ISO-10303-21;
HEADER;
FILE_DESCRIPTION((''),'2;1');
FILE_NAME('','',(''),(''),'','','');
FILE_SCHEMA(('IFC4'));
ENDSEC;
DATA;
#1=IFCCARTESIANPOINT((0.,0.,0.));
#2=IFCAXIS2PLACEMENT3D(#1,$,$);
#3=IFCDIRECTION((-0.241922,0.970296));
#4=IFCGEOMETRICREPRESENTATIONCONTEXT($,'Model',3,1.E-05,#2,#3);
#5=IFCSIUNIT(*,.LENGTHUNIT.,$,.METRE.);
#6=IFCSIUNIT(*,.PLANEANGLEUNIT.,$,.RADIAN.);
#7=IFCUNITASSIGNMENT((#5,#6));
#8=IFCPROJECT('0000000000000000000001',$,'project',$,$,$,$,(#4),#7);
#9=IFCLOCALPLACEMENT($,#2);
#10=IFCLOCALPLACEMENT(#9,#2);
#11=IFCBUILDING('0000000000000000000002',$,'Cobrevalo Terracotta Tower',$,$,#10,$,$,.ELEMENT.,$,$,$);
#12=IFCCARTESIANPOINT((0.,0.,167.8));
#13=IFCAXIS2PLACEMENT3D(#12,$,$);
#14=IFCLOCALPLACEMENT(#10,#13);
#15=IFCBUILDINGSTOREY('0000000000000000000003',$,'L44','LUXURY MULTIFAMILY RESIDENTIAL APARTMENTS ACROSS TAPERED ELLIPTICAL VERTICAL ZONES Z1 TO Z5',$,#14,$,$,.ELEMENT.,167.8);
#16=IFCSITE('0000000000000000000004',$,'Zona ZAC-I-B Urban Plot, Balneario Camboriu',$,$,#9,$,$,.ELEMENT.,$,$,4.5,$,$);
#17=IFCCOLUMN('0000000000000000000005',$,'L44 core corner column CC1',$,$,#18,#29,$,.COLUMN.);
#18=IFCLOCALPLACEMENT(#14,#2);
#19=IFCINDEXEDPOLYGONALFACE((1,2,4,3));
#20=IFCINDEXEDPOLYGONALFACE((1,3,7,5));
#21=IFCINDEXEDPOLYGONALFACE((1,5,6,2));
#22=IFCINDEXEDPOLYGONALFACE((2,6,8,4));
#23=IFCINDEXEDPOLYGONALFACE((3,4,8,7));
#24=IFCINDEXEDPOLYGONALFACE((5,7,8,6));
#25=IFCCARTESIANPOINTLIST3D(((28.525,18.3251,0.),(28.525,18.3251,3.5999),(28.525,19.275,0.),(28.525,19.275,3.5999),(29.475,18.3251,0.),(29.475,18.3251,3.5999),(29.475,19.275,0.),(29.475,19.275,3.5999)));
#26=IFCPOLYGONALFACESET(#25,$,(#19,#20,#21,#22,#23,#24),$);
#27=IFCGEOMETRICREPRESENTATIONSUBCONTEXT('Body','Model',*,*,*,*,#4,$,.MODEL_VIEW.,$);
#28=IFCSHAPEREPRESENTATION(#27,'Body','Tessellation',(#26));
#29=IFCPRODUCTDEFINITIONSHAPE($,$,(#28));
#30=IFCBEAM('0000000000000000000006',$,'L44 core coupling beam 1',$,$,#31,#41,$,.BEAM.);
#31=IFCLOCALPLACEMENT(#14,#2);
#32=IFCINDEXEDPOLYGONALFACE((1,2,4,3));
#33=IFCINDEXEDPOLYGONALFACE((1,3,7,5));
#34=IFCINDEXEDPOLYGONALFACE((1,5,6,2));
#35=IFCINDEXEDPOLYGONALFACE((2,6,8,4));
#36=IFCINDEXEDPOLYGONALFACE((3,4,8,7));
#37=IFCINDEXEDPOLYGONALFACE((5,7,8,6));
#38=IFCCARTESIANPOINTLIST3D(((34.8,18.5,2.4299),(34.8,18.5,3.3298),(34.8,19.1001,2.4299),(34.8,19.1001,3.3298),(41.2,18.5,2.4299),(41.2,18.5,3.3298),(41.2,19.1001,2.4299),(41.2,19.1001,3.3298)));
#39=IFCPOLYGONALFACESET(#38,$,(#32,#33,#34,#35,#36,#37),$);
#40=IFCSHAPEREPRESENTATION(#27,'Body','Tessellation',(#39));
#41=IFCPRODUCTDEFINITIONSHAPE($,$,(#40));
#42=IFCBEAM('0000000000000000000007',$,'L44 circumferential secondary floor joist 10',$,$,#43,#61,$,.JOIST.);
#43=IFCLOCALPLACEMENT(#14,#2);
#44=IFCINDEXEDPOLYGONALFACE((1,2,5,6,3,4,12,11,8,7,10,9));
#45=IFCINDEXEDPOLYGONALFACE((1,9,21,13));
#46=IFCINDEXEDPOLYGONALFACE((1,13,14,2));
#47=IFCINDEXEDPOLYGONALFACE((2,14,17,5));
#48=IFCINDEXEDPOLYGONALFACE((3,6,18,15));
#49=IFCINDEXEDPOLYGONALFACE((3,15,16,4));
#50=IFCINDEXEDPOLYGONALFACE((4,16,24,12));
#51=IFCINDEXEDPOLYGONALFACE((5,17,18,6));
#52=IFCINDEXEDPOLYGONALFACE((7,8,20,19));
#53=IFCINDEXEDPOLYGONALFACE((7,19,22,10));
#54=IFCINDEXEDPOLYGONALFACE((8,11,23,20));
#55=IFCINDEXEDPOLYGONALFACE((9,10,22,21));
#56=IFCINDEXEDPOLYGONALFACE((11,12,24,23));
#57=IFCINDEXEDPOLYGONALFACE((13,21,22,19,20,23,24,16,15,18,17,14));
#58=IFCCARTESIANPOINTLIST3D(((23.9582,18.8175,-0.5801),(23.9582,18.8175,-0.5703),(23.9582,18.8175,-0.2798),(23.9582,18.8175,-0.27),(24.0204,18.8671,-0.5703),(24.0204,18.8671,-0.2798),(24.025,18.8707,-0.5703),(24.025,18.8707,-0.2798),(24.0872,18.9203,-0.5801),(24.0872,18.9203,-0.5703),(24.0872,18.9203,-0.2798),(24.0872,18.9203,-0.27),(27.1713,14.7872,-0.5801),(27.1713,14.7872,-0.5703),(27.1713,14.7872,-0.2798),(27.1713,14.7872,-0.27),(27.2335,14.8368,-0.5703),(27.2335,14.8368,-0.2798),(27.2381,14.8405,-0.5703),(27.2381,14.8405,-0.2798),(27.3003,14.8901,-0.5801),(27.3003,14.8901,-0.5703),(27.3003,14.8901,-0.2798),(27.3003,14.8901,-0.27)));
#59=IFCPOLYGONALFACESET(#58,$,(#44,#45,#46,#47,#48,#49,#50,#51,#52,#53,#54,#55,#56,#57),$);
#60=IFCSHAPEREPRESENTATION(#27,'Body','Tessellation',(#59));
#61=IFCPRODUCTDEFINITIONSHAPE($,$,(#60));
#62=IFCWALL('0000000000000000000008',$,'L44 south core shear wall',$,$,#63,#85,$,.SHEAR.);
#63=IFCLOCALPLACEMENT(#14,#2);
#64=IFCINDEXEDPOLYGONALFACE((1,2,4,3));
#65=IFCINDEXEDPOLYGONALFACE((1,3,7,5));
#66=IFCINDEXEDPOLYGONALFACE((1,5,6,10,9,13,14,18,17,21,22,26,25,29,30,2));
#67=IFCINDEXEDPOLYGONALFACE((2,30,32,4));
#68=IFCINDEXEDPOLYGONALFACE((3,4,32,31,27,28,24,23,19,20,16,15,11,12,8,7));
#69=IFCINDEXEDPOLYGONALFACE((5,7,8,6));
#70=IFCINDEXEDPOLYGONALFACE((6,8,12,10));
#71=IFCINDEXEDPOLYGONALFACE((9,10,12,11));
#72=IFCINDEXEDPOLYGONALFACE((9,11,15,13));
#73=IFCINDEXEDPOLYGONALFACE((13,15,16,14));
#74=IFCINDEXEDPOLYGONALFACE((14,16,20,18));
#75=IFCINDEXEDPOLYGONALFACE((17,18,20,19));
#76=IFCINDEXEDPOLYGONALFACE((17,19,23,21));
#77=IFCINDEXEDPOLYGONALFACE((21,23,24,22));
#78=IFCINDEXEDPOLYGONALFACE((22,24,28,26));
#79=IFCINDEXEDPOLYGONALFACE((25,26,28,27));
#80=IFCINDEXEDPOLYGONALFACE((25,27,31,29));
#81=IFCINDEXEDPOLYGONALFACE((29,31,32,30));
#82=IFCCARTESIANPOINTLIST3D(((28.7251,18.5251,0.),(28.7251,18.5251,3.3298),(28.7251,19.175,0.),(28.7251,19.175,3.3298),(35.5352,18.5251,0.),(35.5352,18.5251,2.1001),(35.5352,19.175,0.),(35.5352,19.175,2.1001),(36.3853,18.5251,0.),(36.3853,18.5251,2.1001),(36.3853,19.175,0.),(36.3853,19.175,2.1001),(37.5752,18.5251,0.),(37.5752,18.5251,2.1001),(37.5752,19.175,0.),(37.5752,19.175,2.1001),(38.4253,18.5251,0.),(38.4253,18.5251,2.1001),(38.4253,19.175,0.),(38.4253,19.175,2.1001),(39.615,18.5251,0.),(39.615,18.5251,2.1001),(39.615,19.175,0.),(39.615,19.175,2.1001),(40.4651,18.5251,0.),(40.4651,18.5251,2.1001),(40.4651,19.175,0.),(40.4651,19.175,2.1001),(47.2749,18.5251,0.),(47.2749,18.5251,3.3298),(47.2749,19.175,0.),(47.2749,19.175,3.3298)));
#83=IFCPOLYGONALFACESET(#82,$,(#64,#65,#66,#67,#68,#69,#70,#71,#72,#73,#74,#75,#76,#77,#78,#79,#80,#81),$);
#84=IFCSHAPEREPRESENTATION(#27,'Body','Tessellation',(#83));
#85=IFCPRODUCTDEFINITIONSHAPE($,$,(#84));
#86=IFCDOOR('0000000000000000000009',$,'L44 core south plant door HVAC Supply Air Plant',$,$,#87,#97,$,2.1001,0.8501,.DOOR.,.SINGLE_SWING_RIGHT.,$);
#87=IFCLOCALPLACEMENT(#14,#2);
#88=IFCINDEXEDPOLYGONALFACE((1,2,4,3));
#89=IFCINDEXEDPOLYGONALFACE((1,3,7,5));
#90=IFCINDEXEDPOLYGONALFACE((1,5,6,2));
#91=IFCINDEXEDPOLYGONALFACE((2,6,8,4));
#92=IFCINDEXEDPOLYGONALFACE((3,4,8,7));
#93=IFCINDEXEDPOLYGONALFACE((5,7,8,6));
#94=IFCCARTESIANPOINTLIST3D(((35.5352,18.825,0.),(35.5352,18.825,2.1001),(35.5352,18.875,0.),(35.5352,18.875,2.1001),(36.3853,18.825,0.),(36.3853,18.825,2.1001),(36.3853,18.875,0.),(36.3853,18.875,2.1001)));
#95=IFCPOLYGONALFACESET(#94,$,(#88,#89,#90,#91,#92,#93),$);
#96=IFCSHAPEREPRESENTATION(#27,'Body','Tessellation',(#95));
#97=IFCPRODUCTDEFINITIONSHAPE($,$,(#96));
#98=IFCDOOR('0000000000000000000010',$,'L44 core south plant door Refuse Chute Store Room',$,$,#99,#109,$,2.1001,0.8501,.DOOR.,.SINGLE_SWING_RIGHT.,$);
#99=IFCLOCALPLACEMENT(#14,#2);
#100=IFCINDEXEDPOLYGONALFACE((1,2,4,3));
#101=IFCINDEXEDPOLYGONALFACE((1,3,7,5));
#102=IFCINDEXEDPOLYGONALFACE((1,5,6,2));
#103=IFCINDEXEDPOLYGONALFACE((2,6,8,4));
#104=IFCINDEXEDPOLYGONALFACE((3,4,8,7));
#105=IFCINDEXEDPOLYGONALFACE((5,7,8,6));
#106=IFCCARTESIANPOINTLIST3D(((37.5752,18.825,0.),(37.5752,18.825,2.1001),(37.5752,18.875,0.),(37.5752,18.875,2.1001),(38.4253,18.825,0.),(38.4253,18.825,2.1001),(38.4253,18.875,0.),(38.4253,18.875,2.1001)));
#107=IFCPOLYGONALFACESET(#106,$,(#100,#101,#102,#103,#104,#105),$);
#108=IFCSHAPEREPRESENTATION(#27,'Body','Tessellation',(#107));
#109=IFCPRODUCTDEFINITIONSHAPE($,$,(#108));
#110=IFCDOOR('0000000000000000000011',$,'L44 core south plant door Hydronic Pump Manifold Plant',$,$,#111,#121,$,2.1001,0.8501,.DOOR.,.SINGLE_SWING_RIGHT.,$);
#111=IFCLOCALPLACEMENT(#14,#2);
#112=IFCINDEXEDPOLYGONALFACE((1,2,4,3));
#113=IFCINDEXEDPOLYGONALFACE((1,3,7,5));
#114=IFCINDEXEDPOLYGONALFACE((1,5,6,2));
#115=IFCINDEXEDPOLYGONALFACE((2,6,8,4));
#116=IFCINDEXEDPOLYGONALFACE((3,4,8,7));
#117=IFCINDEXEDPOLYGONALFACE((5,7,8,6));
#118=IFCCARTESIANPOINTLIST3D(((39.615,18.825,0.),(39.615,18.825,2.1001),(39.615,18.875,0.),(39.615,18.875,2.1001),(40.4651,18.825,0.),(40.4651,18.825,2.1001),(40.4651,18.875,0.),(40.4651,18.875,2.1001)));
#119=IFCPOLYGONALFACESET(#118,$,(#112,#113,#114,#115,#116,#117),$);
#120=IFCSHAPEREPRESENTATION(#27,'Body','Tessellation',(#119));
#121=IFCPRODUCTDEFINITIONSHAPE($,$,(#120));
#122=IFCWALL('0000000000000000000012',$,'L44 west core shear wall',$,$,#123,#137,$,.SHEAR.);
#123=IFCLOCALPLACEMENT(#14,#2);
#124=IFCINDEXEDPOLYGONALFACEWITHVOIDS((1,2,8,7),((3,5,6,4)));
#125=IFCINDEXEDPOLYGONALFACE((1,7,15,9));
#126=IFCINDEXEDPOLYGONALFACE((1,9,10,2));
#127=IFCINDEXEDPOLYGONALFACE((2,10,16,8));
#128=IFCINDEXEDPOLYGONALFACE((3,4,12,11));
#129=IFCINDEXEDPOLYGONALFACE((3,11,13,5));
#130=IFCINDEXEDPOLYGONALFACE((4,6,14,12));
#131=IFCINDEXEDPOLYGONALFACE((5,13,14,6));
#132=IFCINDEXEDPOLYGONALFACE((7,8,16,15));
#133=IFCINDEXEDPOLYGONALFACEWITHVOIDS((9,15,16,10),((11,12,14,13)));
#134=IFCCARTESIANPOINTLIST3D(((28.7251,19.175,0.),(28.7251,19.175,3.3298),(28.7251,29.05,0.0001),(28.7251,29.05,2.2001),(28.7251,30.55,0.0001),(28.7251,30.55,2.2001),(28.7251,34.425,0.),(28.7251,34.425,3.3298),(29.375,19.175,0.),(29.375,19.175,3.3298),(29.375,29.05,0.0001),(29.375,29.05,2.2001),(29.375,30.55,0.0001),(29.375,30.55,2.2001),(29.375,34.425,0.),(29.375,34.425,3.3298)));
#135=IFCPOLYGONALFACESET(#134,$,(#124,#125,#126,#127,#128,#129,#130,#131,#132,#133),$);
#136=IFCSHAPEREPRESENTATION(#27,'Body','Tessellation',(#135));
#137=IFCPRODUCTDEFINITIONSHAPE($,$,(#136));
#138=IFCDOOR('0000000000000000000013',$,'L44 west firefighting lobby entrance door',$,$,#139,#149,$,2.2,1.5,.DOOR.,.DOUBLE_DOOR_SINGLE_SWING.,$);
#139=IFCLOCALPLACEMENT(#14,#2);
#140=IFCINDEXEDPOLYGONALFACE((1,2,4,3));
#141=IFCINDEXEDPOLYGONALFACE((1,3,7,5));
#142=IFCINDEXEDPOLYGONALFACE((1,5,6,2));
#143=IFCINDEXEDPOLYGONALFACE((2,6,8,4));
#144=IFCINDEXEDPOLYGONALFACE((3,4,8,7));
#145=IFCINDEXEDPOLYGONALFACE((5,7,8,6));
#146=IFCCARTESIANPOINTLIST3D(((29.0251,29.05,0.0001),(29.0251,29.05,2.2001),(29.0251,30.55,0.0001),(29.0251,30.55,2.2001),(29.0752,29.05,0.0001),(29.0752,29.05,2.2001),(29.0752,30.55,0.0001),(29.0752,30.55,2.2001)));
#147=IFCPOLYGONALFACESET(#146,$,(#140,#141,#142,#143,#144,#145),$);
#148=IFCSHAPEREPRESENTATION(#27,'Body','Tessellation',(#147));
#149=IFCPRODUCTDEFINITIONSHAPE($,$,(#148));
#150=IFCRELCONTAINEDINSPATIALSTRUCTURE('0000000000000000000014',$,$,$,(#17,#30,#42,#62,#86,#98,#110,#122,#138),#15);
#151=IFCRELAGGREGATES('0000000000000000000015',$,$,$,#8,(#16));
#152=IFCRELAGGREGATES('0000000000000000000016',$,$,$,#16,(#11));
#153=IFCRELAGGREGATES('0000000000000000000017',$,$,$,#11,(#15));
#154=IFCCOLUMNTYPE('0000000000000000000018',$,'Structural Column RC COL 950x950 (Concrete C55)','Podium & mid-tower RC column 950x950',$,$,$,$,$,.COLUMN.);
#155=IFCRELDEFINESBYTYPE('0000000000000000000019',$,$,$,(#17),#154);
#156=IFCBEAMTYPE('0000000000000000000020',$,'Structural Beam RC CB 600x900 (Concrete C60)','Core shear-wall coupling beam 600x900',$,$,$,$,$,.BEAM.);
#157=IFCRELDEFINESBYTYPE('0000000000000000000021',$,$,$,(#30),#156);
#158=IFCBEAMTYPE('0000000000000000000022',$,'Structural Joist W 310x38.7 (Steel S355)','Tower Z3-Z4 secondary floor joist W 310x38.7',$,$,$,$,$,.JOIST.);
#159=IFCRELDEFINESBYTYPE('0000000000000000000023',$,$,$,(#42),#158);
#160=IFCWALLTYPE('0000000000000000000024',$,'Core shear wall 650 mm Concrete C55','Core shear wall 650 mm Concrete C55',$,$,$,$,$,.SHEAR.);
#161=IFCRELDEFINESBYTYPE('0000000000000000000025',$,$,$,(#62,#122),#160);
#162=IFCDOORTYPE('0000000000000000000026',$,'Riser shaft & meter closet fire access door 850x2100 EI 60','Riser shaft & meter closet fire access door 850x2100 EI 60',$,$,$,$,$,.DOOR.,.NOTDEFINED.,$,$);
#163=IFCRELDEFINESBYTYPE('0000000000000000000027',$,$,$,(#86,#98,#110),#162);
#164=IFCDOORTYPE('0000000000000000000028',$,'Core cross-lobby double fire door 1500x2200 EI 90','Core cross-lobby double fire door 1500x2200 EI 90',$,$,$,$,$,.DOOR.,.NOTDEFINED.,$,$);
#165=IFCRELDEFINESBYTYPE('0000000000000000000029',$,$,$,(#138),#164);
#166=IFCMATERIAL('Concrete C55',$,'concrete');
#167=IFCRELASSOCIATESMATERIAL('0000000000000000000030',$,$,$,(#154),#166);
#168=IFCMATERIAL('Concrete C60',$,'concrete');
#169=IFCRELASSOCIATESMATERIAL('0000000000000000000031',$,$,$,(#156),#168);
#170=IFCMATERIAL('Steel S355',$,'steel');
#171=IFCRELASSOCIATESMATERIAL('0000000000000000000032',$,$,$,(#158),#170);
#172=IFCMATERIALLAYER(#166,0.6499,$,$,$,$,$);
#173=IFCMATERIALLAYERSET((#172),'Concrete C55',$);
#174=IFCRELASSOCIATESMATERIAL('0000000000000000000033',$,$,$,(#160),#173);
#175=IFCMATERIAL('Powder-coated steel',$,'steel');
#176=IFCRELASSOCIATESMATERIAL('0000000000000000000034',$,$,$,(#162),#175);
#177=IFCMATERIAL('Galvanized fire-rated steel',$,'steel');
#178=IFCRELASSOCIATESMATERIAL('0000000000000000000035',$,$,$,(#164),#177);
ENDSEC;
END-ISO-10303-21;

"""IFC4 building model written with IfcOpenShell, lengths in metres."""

from ifc_helpers import new_model, si_unit, direction, frame, frame_2d, origin, origin_2d, place, context, subcontext, project, spatial, rectangle, i_section, extrude, source, transform, mapped, material, layer, layer_set, material_profile, profile_set, type_object, element, fill, save


model = new_model("IFC4")

# Units and contexts
model_context = context("Model", 3, precision=1e-05, world=origin(), true_north=direction((-0.241922, 0.970296)))
body_context = subcontext(model_context, "Body", "Model", "MODEL_VIEW")
ifc_project = project(units=[si_unit("LENGTHUNIT", "METRE"), si_unit("PLANEANGLEUNIT", "RADIAN")], contexts=[model_context])

# Site, building, storey
site_placement = place(None, origin())
site = spatial("IfcSite", under=ifc_project, at=site_placement, Name="Zona ZAC-I-B Urban Plot, Balneario Camboriu", CompositionType="ELEMENT", RefElevation=4.5)
building_placement = place(site_placement, origin())
building = spatial("IfcBuilding", under=site, at=building_placement, Name="Cobrevalo Terracotta Tower", CompositionType="ELEMENT")
storey_placement = place(building_placement, frame((0.0, 0.0, 167.8)))
storey = spatial("IfcBuildingStorey", under=building, at=storey_placement, Name="L44", Description="LUXURY MULTIFAMILY RESIDENTIAL APARTMENTS ACROSS TAPERED ELLIPTICAL VERTICAL ZONES Z1 TO Z5", CompositionType="ELEMENT", Elevation=167.8)

# Column
ifc_material_1 = material(Name="Concrete C55", Category="concrete")
ifc_material_profile_1 = material_profile(ifc_material_1, rectangle(XDim=0.95, YDim=0.95, at=origin_2d()), Name="RC COL 950x950")
ifc_profile_set_1 = profile_set([ifc_material_profile_1], Name="Concrete C55")
column_type = type_object("IfcColumnType", Name="Structural Column RC COL 950x950 (Concrete C55)", Description="Podium & mid-tower RC column 950x950", PredefinedType="COLUMN", material=ifc_profile_set_1)
column_placement = place(storey_placement, frame((29.0, 18.8, 0.0), z_axis=(0.0, 0.0, 1.0), x_axis=(1.0, 0.0, 0.0)))
element("IfcColumn", 1, at=column_placement, inside=storey, type_object=column_type, Name="L44 core corner column CC1", PredefinedType="COLUMN", context=body_context, shape_type="SweptSolid", body=[
    extrude(rectangle(XDim=0.95, YDim=0.95, at=origin_2d()), origin(), (0.0, 0.0, 1.0), 3.5999),
])

# Beams
ifc_material_2 = material(Name="Concrete C60", Category="concrete")
ifc_material_profile_2 = material_profile(ifc_material_2, rectangle(XDim=0.6001, YDim=0.8999, at=origin_2d()), Name="RC CB 600x900")
ifc_profile_set_2 = profile_set([ifc_material_profile_2], Name="Concrete C60")
beam_type_1 = type_object("IfcBeamType", Name="Structural Beam RC CB 600x900 (Concrete C60)", Description="Core shear-wall coupling beam 600x900", PredefinedType="BEAM", material=ifc_profile_set_2)
beam_1_placement = place(storey_placement, frame((34.8, 18.8, 2.8799), z_axis=(1.0, 0.0, 0.0), x_axis=(0.0, 1.0, 0.0)))
element("IfcBeam", 2, at=beam_1_placement, inside=storey, type_object=beam_type_1, Name="L44 core coupling beam 1", PredefinedType="BEAM", context=body_context, shape_type="SweptSolid", body=[
    extrude(rectangle(XDim=0.6001, YDim=0.8999, at=origin_2d()), origin(), (0.0, 0.0, 1.0), 6.3999),
])
ifc_material_3 = material(Name="Steel S355", Category="steel")
ifc_material_profile_3 = material_profile(ifc_material_3, i_section(OverallWidth=0.165, OverallDepth=0.3101, WebThickness=0.0059, FlangeThickness=0.0098, at=origin_2d()), Name="W 310x38.7")
ifc_profile_set_3 = profile_set([ifc_material_profile_3], Name="Steel S355")
beam_type_2 = type_object("IfcBeamType", Name="Structural Joist W 310x38.7 (Steel S355)", Description="Tower Z3-Z4 secondary floor joist W 310x38.7", PredefinedType="JOIST", material=ifc_profile_set_3)
beam_2_placement = place(storey_placement, frame((24.0227, 18.8689, -0.425), z_axis=(0.623383, -0.781917, 0.0), x_axis=(0.781917, 0.623383, 0.0)))
element("IfcBeam", 3, at=beam_2_placement, inside=storey, type_object=beam_type_2, Name="L44 circumferential secondary floor joist 10", PredefinedType="JOIST", context=body_context, shape_type="SweptSolid", body=[
    extrude(i_section(OverallWidth=0.165, OverallDepth=0.3101, WebThickness=0.0059, FlangeThickness=0.0098, at=origin_2d()), origin(), (0.0, 0.0, 1.0), 5.1543),
])

# Wall, openings, doors
ifc_layer_1 = layer(ifc_material_1, 0.6499)
ifc_layer_set_1 = layer_set([ifc_layer_1], Name="Concrete C55")
wall_type_1 = type_object("IfcWallType", Name="Core shear wall 650 mm Concrete C55", Description="Core shear wall 650 mm Concrete C55", PredefinedType="SHEAR", material=ifc_layer_set_1)
wall_1_placement = place(storey_placement, frame((28.7251, 18.8501, 0.0), z_axis=(0.0, 0.0, 1.0), x_axis=(1.0, 0.0, 0.0)))
wall_1 = element("IfcWall", 4, at=wall_1_placement, inside=storey, type_object=wall_type_1, Name="L44 south core shear wall", PredefinedType="SHEAR", context=body_context, shape_type="SweptSolid", body=[
    extrude(rectangle(XDim=18.5498, YDim=0.6499, at=frame_2d((9.2749, 0.0))), origin(), (0.0, 0.0, 1.0), 3.3298),
])
opening_1_placement = place(wall_1_placement, frame((6.8101, 0.0, 0.0)))
opening_1 = element("IfcOpeningElement", 5, at=opening_1_placement, cuts=wall_1, PredefinedType="OPENING", context=body_context, shape_type="SweptSolid", body=[
    extrude(rectangle(XDim=0.8501, YDim=2.1001, at=frame_2d((0.425, 1.05))), frame((0.0, 0.335, 0.0), z_axis=(0.0, -1.0, 0.0), x_axis=(1.0, 0.0, 0.0)), (0.0, 0.0, 1.0), 0.6699),
])
opening_2_placement = place(wall_1_placement, frame((8.8501, 0.0, 0.0)))
opening_2 = element("IfcOpeningElement", 6, at=opening_2_placement, cuts=wall_1, PredefinedType="OPENING", context=body_context, shape_type="SweptSolid", body=[
    extrude(rectangle(XDim=0.8501, YDim=2.1001, at=frame_2d((0.425, 1.05))), frame((0.0, 0.335, 0.0), z_axis=(0.0, -1.0, 0.0), x_axis=(1.0, 0.0, 0.0)), (0.0, 0.0, 1.0), 0.6699),
])
opening_3_placement = place(wall_1_placement, frame((10.8899, 0.0, 0.0)))
opening_3 = element("IfcOpeningElement", 7, at=opening_3_placement, cuts=wall_1, PredefinedType="OPENING", context=body_context, shape_type="SweptSolid", body=[
    extrude(rectangle(XDim=0.8501, YDim=2.1001, at=frame_2d((0.425, 1.05))), frame((0.0, 0.335, 0.0), z_axis=(0.0, -1.0, 0.0), x_axis=(1.0, 0.0, 0.0)), (0.0, 0.0, 1.0), 0.6699),
])
ifc_material_4 = material(Name="Powder-coated steel", Category="steel")
door_type_1 = type_object("IfcDoorType", Name="Riser shaft & meter closet fire access door 850x2100 EI 60", Description="Riser shaft & meter closet fire access door 850x2100 EI 60", OperationType="NOTDEFINED", PredefinedType="DOOR", material=ifc_material_4)
shared_shape_1 = source(origin(), body_context, "Body", "SweptSolid", [
    extrude(rectangle(XDim=0.8501, YDim=2.1001, at=frame_2d((0.425, 1.05))), frame((0.0, 0.0249, 0.0), z_axis=(0.0, -1.0, 0.0), x_axis=(1.0, 0.0, 0.0)), (0.0, 0.0, 1.0), 0.05),
])
door_1_placement = place(opening_1_placement, origin())
door_1 = element("IfcDoor", 8, at=door_1_placement, inside=storey, type_object=door_type_1, Name="L44 core south plant door HVAC Supply Air Plant", OperationType="SINGLE_SWING_RIGHT", OverallHeight=2.1001, OverallWidth=0.8501, PredefinedType="DOOR", context=body_context, shape_type="MappedRepresentation", body=[
    mapped(shared_shape_1, transform((0.0, 0.0, 0.0), scale=1.0)),
])
fill(opening_1, door_1)
door_2_placement = place(opening_2_placement, origin())
door_2 = element("IfcDoor", 9, at=door_2_placement, inside=storey, type_object=door_type_1, Name="L44 core south plant door Refuse Chute Store Room", OperationType="SINGLE_SWING_RIGHT", OverallHeight=2.1001, OverallWidth=0.8501, PredefinedType="DOOR", context=body_context, shape_type="MappedRepresentation", body=[
    mapped(shared_shape_1, transform((0.0, 0.0, 0.0), scale=1.0)),
])
fill(opening_2, door_2)
door_3_placement = place(opening_3_placement, origin())
door_3 = element("IfcDoor", 10, at=door_3_placement, inside=storey, type_object=door_type_1, Name="L44 core south plant door Hydronic Pump Manifold Plant", OperationType="SINGLE_SWING_RIGHT", OverallHeight=2.1001, OverallWidth=0.8501, PredefinedType="DOOR", context=body_context, shape_type="MappedRepresentation", body=[
    mapped(shared_shape_1, transform((0.0, 0.0, 0.0), scale=1.0)),
])
fill(opening_3, door_3)

# Wall, opening, door
wall_2_placement = place(storey_placement, frame((29.05, 19.175, 0.0), z_axis=(0.0, 0.0, 1.0), x_axis=(0.0, 1.0, 0.0)))
wall_2 = element("IfcWall", 11, at=wall_2_placement, inside=storey, type_object=wall_type_1, Name="L44 west core shear wall", PredefinedType="SHEAR", context=body_context, shape_type="SweptSolid", body=[
    extrude(rectangle(XDim=15.25, YDim=0.6499, at=frame_2d((7.625, 0.0))), origin(), (0.0, 0.0, 1.0), 3.3298),
])
opening_4_placement = place(wall_2_placement, frame((9.875, 0.0, 0.0)))
opening_4 = element("IfcOpeningElement", 12, at=opening_4_placement, cuts=wall_2, PredefinedType="OPENING", context=body_context, shape_type="SweptSolid", body=[
    extrude(rectangle(XDim=1.5, YDim=2.2, at=frame_2d((0.75, 1.1001))), frame((0.0, 0.335, 0.0), z_axis=(0.0, -1.0, 0.0), x_axis=(1.0, 0.0, 0.0)), (0.0, 0.0, 1.0), 0.6699),
])
ifc_material_5 = material(Name="Galvanized fire-rated steel", Category="steel")
door_type_2 = type_object("IfcDoorType", Name="Core cross-lobby double fire door 1500x2200 EI 90", Description="Core cross-lobby double fire door 1500x2200 EI 90", OperationType="NOTDEFINED", PredefinedType="DOOR", material=ifc_material_5)
shared_shape_2 = source(origin(), body_context, "Body", "SweptSolid", [
    extrude(rectangle(XDim=1.5, YDim=2.2, at=frame_2d((0.75, 1.1001))), frame((0.0, 0.0249, 0.0), z_axis=(0.0, -1.0, 0.0), x_axis=(1.0, 0.0, 0.0)), (0.0, 0.0, 1.0), 0.05),
])
door_4_placement = place(opening_4_placement, origin())
door_4 = element("IfcDoor", 13, at=door_4_placement, inside=storey, type_object=door_type_2, Name="L44 west firefighting lobby entrance door", OperationType="DOUBLE_DOOR_SINGLE_SWING", OverallHeight=2.2, OverallWidth=1.5, PredefinedType="DOOR", context=body_context, shape_type="MappedRepresentation", body=[
    mapped(shared_shape_2, transform((0.0, 0.0, 0.0), scale=1.0)),
])
fill(opening_4, door_4)

save(model, "model.ifc")
